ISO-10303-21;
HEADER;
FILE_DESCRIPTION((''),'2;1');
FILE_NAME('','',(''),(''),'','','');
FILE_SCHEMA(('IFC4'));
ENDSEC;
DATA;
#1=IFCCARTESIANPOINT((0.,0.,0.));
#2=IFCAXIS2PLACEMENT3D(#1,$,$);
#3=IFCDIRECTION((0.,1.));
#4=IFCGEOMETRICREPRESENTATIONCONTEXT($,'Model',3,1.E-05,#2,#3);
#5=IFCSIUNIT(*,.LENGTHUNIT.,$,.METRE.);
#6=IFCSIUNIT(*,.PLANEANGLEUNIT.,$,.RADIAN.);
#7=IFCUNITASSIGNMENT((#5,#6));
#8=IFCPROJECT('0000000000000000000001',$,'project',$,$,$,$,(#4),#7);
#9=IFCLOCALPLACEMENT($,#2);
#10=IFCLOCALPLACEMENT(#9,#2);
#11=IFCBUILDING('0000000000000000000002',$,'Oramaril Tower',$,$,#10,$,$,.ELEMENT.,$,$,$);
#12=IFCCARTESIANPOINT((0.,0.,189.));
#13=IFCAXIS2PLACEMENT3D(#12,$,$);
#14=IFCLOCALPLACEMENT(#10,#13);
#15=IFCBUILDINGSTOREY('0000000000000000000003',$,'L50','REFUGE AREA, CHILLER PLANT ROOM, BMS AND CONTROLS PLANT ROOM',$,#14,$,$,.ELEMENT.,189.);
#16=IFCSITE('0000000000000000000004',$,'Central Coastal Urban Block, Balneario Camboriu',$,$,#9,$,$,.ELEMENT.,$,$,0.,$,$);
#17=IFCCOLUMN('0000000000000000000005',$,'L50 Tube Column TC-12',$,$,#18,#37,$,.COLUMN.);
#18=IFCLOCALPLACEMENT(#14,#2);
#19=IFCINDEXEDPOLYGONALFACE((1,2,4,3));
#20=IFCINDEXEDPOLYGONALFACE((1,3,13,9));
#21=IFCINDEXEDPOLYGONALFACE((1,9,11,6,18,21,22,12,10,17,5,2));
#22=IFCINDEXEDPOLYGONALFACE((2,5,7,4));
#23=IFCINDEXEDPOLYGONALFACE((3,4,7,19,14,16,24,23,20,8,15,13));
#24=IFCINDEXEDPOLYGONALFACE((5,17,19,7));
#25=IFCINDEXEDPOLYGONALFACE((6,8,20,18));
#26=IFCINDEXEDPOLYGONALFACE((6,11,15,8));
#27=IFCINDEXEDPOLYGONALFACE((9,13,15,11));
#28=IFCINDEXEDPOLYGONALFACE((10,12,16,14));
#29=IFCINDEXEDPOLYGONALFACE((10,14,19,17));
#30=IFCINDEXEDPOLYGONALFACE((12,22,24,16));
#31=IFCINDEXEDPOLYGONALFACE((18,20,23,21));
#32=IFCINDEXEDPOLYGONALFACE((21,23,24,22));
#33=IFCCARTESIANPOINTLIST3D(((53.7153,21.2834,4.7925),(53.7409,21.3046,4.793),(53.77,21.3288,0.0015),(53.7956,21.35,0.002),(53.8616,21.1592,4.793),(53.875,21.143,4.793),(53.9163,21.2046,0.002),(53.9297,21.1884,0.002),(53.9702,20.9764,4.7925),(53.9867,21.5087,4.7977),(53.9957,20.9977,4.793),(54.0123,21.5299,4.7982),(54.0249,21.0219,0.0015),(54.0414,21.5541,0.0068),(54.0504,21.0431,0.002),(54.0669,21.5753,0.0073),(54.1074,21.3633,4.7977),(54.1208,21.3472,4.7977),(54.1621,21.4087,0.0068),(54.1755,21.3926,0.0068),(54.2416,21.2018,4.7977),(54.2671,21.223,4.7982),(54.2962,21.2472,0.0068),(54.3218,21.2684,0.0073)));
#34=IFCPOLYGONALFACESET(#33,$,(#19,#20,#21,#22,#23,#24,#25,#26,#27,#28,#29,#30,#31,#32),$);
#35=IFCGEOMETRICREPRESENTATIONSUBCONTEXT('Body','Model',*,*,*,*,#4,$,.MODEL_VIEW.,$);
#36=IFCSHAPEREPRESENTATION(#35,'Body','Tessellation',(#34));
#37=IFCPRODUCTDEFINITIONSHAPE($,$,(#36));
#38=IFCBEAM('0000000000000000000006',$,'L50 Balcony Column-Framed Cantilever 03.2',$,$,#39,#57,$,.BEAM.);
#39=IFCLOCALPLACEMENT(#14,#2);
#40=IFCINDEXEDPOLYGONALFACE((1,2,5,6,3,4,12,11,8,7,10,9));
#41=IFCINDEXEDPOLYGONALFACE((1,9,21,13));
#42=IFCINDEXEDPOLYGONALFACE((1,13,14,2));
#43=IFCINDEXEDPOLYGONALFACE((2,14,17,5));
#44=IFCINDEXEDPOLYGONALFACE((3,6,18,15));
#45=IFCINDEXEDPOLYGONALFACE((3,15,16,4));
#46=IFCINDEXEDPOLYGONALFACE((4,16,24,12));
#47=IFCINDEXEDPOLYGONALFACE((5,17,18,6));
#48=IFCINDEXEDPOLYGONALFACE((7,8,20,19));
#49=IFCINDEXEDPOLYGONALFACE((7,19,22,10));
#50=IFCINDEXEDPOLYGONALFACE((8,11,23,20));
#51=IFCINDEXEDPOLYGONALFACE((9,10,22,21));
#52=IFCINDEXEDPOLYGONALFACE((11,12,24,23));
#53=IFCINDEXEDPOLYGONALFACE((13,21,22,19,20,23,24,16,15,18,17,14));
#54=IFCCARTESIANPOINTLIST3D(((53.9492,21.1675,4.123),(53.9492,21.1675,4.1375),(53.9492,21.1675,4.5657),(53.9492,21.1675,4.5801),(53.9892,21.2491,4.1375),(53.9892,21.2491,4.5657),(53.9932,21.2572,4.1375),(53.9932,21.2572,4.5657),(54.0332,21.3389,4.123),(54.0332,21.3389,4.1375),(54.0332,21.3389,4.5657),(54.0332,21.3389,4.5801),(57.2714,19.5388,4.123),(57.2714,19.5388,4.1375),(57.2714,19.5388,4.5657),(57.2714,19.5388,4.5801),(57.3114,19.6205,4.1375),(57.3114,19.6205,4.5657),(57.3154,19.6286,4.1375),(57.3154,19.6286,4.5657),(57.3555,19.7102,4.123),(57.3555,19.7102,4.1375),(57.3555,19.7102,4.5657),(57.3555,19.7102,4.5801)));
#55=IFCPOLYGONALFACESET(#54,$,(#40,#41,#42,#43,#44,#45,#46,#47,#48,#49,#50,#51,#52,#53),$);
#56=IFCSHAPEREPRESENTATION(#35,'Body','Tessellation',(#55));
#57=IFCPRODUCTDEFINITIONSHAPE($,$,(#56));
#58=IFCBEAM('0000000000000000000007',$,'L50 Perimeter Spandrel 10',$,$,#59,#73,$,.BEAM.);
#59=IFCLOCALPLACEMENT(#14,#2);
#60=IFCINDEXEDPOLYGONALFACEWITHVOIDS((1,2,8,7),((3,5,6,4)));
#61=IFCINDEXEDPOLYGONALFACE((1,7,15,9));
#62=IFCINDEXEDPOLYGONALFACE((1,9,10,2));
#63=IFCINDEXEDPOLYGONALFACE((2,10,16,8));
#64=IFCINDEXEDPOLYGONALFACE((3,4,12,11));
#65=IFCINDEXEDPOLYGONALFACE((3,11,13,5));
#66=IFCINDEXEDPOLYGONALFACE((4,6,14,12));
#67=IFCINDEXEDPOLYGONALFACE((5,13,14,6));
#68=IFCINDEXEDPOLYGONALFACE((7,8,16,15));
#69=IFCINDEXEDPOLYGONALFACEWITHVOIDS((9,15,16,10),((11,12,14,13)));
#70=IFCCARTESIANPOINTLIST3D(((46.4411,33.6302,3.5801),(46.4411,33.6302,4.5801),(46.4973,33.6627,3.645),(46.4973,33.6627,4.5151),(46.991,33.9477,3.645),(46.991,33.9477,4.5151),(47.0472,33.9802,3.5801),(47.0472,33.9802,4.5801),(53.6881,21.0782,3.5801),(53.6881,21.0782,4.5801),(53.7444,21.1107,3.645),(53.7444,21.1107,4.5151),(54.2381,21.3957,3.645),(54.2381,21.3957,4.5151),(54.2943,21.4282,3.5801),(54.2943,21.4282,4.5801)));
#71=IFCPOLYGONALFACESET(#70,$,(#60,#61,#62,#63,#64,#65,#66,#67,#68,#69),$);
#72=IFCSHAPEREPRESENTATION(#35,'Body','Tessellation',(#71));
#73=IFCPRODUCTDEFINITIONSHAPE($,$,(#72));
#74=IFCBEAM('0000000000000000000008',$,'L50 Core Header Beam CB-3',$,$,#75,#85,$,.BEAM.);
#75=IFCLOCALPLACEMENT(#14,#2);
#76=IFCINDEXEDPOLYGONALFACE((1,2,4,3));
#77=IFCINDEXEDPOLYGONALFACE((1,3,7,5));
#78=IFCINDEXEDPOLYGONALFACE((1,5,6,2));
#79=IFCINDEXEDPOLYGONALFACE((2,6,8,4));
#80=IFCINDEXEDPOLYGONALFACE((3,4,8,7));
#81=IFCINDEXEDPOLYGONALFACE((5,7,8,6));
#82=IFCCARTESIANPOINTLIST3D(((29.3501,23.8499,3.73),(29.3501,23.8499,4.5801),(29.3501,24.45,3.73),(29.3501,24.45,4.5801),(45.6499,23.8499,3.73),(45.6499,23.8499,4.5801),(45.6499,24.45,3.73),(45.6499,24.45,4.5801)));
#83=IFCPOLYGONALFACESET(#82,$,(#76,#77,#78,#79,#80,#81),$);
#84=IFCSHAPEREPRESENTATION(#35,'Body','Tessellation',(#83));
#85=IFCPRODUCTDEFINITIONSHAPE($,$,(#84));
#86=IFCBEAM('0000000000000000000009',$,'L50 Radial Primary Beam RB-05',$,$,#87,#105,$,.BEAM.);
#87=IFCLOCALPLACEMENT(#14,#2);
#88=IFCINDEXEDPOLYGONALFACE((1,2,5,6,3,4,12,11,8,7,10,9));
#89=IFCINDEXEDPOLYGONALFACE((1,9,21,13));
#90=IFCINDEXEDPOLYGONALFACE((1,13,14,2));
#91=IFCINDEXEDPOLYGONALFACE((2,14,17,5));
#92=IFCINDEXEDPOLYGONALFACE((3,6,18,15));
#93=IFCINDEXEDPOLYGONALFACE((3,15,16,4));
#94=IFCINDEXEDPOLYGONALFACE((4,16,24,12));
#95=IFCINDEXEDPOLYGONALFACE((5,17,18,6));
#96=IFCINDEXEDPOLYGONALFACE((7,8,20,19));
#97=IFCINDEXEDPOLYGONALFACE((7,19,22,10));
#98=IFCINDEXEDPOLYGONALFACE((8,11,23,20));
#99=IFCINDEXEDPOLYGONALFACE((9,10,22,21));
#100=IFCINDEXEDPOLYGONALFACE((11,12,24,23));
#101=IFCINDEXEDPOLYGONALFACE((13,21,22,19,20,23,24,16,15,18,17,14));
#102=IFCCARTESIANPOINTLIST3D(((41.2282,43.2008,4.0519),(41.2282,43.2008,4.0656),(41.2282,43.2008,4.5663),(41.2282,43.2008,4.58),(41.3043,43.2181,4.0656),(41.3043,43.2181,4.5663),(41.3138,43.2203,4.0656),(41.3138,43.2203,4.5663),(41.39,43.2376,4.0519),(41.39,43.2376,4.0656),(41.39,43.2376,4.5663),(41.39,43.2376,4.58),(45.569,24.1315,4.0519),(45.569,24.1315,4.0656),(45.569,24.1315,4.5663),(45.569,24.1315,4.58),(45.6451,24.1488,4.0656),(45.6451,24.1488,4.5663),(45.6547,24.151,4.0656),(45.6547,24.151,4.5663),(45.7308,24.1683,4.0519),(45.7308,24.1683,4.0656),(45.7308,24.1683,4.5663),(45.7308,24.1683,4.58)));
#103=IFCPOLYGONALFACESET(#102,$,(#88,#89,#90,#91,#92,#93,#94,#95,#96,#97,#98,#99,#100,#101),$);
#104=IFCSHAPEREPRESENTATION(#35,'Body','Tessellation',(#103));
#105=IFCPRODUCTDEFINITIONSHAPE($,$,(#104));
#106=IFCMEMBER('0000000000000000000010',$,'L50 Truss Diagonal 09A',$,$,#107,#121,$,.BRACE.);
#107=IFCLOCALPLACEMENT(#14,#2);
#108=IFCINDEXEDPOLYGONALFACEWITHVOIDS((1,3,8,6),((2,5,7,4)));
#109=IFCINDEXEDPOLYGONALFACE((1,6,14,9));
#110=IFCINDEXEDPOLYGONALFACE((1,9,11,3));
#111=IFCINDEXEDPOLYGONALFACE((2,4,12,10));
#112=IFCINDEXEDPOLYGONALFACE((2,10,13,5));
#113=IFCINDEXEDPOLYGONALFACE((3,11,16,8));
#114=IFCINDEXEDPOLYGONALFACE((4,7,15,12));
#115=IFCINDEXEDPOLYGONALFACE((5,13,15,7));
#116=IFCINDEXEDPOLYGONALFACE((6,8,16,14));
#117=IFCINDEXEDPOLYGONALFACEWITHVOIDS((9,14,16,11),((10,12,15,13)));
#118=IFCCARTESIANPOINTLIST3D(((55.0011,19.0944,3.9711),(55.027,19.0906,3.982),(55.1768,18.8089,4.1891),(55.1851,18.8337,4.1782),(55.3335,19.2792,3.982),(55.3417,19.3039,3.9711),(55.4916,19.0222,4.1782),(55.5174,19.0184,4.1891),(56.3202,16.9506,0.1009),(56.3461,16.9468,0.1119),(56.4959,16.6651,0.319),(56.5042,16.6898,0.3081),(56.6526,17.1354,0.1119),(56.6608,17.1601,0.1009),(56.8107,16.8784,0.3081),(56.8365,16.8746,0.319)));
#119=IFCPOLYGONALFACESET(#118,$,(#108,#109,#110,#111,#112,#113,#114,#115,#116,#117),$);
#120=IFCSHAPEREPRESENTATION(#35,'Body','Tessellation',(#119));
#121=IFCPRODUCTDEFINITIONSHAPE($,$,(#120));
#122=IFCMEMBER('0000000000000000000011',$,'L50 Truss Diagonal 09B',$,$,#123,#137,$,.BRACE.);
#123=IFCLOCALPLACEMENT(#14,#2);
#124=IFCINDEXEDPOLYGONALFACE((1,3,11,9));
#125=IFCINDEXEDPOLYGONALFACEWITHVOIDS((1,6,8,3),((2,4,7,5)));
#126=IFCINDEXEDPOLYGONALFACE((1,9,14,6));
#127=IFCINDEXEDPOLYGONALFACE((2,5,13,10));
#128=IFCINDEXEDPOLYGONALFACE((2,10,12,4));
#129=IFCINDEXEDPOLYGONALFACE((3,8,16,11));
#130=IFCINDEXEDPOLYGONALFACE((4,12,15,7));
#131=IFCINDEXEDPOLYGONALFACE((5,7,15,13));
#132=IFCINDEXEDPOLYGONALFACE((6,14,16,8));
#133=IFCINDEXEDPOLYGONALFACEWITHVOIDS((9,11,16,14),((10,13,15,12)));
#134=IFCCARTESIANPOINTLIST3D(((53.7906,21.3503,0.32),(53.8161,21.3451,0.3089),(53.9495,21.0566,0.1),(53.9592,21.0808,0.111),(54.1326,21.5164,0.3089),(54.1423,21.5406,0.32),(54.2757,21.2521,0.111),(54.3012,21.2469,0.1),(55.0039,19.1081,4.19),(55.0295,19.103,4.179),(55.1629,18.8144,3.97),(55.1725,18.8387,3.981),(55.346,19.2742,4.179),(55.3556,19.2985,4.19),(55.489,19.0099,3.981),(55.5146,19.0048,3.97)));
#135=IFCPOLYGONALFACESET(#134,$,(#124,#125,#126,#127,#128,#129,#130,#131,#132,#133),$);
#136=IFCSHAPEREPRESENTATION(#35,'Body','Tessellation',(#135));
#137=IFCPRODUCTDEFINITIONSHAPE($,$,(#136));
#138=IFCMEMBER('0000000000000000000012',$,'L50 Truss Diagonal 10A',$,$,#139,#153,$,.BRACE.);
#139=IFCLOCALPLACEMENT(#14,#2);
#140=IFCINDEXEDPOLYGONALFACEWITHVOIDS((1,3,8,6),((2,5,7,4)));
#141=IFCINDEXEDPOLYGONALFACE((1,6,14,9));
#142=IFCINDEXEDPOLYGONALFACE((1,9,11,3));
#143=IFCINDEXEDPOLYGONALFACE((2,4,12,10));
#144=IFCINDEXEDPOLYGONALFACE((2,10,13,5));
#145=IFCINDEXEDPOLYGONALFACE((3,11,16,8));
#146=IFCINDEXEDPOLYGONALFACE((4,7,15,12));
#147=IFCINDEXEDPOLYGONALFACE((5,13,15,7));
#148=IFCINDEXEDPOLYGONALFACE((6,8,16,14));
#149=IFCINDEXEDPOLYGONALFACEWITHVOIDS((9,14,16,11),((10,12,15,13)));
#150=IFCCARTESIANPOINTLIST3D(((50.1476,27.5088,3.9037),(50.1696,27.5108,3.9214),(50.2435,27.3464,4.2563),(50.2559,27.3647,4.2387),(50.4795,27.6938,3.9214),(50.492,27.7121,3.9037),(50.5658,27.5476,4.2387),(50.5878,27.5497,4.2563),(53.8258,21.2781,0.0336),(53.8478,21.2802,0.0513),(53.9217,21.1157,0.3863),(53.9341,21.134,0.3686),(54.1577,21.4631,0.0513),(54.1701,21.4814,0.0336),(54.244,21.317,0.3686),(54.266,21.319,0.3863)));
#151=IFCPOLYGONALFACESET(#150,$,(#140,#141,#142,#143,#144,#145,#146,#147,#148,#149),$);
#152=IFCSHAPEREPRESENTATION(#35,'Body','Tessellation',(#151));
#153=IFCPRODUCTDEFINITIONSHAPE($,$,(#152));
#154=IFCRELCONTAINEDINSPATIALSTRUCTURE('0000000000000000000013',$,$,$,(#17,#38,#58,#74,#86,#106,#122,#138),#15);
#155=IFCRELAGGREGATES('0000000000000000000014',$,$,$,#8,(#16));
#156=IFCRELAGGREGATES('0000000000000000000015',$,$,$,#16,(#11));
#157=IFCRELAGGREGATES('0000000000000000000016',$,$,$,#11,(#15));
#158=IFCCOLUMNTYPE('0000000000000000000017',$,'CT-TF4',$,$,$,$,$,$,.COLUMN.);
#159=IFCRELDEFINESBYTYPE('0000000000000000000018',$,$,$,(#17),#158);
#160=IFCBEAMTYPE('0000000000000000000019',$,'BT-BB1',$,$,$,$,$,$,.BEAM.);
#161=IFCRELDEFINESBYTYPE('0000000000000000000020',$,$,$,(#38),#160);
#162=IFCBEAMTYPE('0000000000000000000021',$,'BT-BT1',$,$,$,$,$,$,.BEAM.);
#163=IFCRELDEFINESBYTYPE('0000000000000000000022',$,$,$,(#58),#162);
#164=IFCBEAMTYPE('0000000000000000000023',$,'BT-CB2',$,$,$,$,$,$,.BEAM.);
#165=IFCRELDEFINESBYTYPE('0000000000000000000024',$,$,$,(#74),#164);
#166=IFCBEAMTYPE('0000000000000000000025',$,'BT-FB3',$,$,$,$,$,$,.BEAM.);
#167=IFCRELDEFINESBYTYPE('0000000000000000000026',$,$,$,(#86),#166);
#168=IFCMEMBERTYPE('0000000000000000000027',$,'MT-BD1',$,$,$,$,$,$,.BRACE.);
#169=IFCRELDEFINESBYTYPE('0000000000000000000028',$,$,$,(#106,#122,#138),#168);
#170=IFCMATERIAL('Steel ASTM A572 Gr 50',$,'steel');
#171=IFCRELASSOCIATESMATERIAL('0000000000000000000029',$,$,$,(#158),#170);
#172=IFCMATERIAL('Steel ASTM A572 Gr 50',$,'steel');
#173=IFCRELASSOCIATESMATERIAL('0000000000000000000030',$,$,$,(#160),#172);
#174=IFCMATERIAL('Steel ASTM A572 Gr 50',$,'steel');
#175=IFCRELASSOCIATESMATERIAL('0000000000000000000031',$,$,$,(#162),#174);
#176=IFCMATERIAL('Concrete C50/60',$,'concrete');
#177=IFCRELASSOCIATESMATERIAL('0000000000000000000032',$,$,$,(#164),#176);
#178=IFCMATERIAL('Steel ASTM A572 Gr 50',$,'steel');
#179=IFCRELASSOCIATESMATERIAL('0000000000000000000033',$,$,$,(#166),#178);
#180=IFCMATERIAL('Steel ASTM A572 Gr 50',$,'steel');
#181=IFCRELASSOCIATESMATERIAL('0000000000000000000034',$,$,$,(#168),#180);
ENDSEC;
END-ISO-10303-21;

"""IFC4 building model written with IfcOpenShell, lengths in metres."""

from ifc_helpers import new_model, si_unit, direction, frame, origin, origin_2d, place, context, subcontext, project, spatial, rectangle, hollow_rectangle, i_section, extrude, material, material_profile, profile_set, type_object, element, save


model = new_model("IFC4")

# Units and contexts
model_context = context("Model", 3, precision=1e-05, world=origin(), true_north=direction((0.0, 1.0)))
body_context = subcontext(model_context, "Body", "Model", "MODEL_VIEW")
ifc_project = project(units=[si_unit("LENGTHUNIT", "METRE"), si_unit("PLANEANGLEUNIT", "RADIAN")], contexts=[model_context])

# Site, building, storey
site_placement = place(None, origin())
site = spatial("IfcSite", under=ifc_project, at=site_placement, Name="Central Coastal Urban Block, Balneario Camboriu", CompositionType="ELEMENT", RefElevation=0.0)
building_placement = place(site_placement, origin())
building = spatial("IfcBuilding", under=site, at=building_placement, Name="Oramaril Tower", CompositionType="ELEMENT")
storey_placement = place(building_placement, frame((0.0, 0.0, 189.0)))
storey = spatial("IfcBuildingStorey", under=building, at=storey_placement, Name="L50", Description="REFUGE AREA, CHILLER PLANT ROOM, BMS AND CONTROLS PLANT ROOM", CompositionType="ELEMENT", Elevation=189.0)

# Column
ifc_material_1 = material(Name="Steel ASTM A572 Gr 50", Category="steel")
ifc_material_profile_1 = material_profile(ifc_material_1, i_section(OverallWidth=0.3989, OverallDepth=0.386, WebThickness=0.021, FlangeThickness=0.0332, at=origin_2d()), Name="W14X176")
ifc_profile_set_1 = profile_set([ifc_material_profile_1], Name="Steel ASTM A572 Gr 50")
column_type = type_object("IfcColumnType", Name="CT-TF4", PredefinedType="COLUMN", material=ifc_profile_set_1)
column_placement = place(storey_placement, frame((54.0459, 21.2986, 0.0044), z_axis=(-0.011413, -0.009477, 0.99989), x_axis=(0.638832, -0.769346, 0.0)))
element("IfcColumn", 1, at=column_placement, inside=storey, type_object=column_type, Name="L50 Tube Column TC-12", PredefinedType="COLUMN", context=body_context, shape_type="SweptSolid", body=[
    extrude(i_section(OverallWidth=0.3989, OverallDepth=0.386, WebThickness=0.021, FlangeThickness=0.0332, at=origin_2d()), origin(), (0.0, 0.0, 1.0), 4.7915),
])

# Beams
ifc_material_2 = material(Name="Steel ASTM A572 Gr 50", Category="steel")
ifc_material_profile_2 = material_profile(ifc_material_2, i_section(OverallWidth=0.1909, OverallDepth=0.457, WebThickness=0.009, FlangeThickness=0.0144, at=origin_2d()), Name="W18X50")
ifc_profile_set_2 = profile_set([ifc_material_profile_2], Name="Steel ASTM A572 Gr 50")
beam_type_1 = type_object("IfcBeamType", Name="BT-BB1", PredefinedType="BEAM", material=ifc_profile_set_2)
beam_1_placement = place(storey_placement, frame((53.9912, 21.2532, 4.3516), z_axis=(0.89791, -0.440179, 0.0), x_axis=(0.440179, 0.89791, 0.0)))
element("IfcBeam", 2, at=beam_1_placement, inside=storey, type_object=beam_type_1, Name="L50 Balcony Column-Framed Cantilever 03.2", PredefinedType="BEAM", context=body_context, shape_type="SweptSolid", body=[
    extrude(i_section(OverallWidth=0.1909, OverallDepth=0.457, WebThickness=0.009, FlangeThickness=0.0144, at=origin_2d()), origin(), (0.0, 0.0, 1.0), 3.7),
])
ifc_material_3 = material(Name="Steel ASTM A572 Gr 50", Category="steel")
ifc_material_profile_3 = material_profile(ifc_material_3, hollow_rectangle(XDim=0.7, YDim=1.0, WallThickness=0.0649, at=origin_2d()), Name="BOX1000X700X65")
ifc_profile_set_3 = profile_set([ifc_material_profile_3], Name="Steel ASTM A572 Gr 50")
beam_type_2 = type_object("IfcBeamType", Name="BT-BT1", PredefinedType="BEAM", material=ifc_profile_set_3)
beam_2_placement = place(storey_placement, frame((53.9912, 21.2532, 4.0801), z_axis=(-0.500009, 0.86602, 0.0), x_axis=(-0.86602, -0.500009, 0.0)))
element("IfcBeam", 3, at=beam_2_placement, inside=storey, type_object=beam_type_2, Name="L50 Perimeter Spandrel 10", PredefinedType="BEAM", context=body_context, shape_type="SweptSolid", body=[
    extrude(hollow_rectangle(XDim=0.7, YDim=1.0, WallThickness=0.0649, at=origin_2d()), origin(), (0.0, 0.0, 1.0), 14.4939),
])
ifc_material_4 = material(Name="Concrete C50/60", Category="concrete")
ifc_material_profile_4 = material_profile(ifc_material_4, rectangle(XDim=0.6001, YDim=0.8501, at=origin_2d()), Name="CB600X850")
ifc_profile_set_4 = profile_set([ifc_material_profile_4], Name="Concrete C50/60")
beam_type_3 = type_object("IfcBeamType", Name="BT-CB2", PredefinedType="BEAM", material=ifc_profile_set_4)
beam_3_placement = place(storey_placement, frame((45.6499, 24.1499, 4.155), z_axis=(-1.0, 0.0, 0.0), x_axis=(0.0, -1.0, 0.0)))
element("IfcBeam", 4, at=beam_3_placement, inside=storey, type_object=beam_type_3, Name="L50 Core Header Beam CB-3", PredefinedType="BEAM", context=body_context, shape_type="SweptSolid", body=[
    extrude(rectangle(XDim=0.6001, YDim=0.8501, at=origin_2d()), origin(), (0.0, 0.0, 1.0), 16.2998),
])
ifc_material_5 = material(Name="Steel ASTM A572 Gr 50", Category="steel")
ifc_material_profile_5 = material_profile(ifc_material_5, i_section(OverallWidth=0.166, OverallDepth=0.5281, WebThickness=0.0098, FlangeThickness=0.0137, at=origin_2d()), Name="W21X50")
ifc_profile_set_5 = profile_set([ifc_material_profile_5], Name="Steel ASTM A572 Gr 50")
beam_type_4 = type_object("IfcBeamType", Name="BT-FB3", PredefinedType="BEAM", material=ifc_profile_set_5)
beam_4_placement = place(storey_placement, frame((45.6499, 24.1499, 4.3159), z_axis=(-0.221956, 0.975057, 0.0), x_axis=(-0.975057, -0.221956, 0.0)))
element("IfcBeam", 5, at=beam_4_placement, inside=storey, type_object=beam_type_4, Name="L50 Radial Primary Beam RB-05", PredefinedType="BEAM", context=body_context, shape_type="SweptSolid", body=[
    extrude(i_section(OverallWidth=0.166, OverallDepth=0.5281, WebThickness=0.0098, FlangeThickness=0.0137, at=origin_2d()), origin(), (0.0, 0.0, 1.0), 19.5571),
])

# Members
ifc_material_6 = material(Name="Steel ASTM A572 Gr 50", Category="steel")
ifc_material_profile_6 = material_profile(ifc_material_6, hollow_rectangle(XDim=0.3999, YDim=0.3999, WallThickness=0.02, at=origin_2d()), Name="HSS400X400X20")
ifc_profile_set_6 = profile_set([ifc_material_profile_6], Name="Steel ASTM A572 Gr 50")
member_type_1 = type_object("IfcMemberType", Name="MT-BD1", PredefinedType="BRACE", material=ifc_profile_set_6)
member_1_placement = place(storey_placement, frame((56.5784, 16.9126, 0.21), z_axis=(-0.285723, 0.46436, 0.838291), x_axis=(-0.851688, -0.524049, 0.0)))
element("IfcMember", 6, at=member_1_placement, inside=storey, type_object=member_type_1, Name="L50 Truss Diagonal 09A", PredefinedType="BRACE", context=body_context, shape_type="SweptSolid", body=[
    extrude(hollow_rectangle(XDim=0.3999, YDim=0.3999, WallThickness=0.02, at=origin_2d()), origin(), (0.0, 0.0, 1.0), 4.6167),
])
member_2_placement = place(storey_placement, frame((54.0459, 21.2986, 0.21), z_axis=(0.261821, -0.483816, 0.835088), x_axis=(0.879479, 0.475938, 0.0)))
element("IfcMember", 7, at=member_2_placement, inside=storey, type_object=member_type_1, Name="L50 Truss Diagonal 09B", PredefinedType="BRACE", context=body_context, shape_type="SweptSolid", body=[
    extrude(hollow_rectangle(XDim=0.3999, YDim=0.3999, WallThickness=0.02, at=origin_2d()), origin(), (0.0, 0.0, 1.0), 4.6343),
])
member_3_placement = place(storey_placement, frame((54.0459, 21.2986, 0.21), z_axis=(-0.448267, 0.759341, 0.471654), x_axis=(-0.861142, -0.508364, 0.0)))
element("IfcMember", 8, at=member_3_placement, inside=storey, type_object=member_type_1, Name="L50 Truss Diagonal 10A", PredefinedType="BRACE", context=body_context, shape_type="SweptSolid", body=[
    extrude(hollow_rectangle(XDim=0.3999, YDim=0.3999, WallThickness=0.02, at=origin_2d()), origin(), (0.0, 0.0, 1.0), 8.2053),
])

save(model, "model.ifc")
